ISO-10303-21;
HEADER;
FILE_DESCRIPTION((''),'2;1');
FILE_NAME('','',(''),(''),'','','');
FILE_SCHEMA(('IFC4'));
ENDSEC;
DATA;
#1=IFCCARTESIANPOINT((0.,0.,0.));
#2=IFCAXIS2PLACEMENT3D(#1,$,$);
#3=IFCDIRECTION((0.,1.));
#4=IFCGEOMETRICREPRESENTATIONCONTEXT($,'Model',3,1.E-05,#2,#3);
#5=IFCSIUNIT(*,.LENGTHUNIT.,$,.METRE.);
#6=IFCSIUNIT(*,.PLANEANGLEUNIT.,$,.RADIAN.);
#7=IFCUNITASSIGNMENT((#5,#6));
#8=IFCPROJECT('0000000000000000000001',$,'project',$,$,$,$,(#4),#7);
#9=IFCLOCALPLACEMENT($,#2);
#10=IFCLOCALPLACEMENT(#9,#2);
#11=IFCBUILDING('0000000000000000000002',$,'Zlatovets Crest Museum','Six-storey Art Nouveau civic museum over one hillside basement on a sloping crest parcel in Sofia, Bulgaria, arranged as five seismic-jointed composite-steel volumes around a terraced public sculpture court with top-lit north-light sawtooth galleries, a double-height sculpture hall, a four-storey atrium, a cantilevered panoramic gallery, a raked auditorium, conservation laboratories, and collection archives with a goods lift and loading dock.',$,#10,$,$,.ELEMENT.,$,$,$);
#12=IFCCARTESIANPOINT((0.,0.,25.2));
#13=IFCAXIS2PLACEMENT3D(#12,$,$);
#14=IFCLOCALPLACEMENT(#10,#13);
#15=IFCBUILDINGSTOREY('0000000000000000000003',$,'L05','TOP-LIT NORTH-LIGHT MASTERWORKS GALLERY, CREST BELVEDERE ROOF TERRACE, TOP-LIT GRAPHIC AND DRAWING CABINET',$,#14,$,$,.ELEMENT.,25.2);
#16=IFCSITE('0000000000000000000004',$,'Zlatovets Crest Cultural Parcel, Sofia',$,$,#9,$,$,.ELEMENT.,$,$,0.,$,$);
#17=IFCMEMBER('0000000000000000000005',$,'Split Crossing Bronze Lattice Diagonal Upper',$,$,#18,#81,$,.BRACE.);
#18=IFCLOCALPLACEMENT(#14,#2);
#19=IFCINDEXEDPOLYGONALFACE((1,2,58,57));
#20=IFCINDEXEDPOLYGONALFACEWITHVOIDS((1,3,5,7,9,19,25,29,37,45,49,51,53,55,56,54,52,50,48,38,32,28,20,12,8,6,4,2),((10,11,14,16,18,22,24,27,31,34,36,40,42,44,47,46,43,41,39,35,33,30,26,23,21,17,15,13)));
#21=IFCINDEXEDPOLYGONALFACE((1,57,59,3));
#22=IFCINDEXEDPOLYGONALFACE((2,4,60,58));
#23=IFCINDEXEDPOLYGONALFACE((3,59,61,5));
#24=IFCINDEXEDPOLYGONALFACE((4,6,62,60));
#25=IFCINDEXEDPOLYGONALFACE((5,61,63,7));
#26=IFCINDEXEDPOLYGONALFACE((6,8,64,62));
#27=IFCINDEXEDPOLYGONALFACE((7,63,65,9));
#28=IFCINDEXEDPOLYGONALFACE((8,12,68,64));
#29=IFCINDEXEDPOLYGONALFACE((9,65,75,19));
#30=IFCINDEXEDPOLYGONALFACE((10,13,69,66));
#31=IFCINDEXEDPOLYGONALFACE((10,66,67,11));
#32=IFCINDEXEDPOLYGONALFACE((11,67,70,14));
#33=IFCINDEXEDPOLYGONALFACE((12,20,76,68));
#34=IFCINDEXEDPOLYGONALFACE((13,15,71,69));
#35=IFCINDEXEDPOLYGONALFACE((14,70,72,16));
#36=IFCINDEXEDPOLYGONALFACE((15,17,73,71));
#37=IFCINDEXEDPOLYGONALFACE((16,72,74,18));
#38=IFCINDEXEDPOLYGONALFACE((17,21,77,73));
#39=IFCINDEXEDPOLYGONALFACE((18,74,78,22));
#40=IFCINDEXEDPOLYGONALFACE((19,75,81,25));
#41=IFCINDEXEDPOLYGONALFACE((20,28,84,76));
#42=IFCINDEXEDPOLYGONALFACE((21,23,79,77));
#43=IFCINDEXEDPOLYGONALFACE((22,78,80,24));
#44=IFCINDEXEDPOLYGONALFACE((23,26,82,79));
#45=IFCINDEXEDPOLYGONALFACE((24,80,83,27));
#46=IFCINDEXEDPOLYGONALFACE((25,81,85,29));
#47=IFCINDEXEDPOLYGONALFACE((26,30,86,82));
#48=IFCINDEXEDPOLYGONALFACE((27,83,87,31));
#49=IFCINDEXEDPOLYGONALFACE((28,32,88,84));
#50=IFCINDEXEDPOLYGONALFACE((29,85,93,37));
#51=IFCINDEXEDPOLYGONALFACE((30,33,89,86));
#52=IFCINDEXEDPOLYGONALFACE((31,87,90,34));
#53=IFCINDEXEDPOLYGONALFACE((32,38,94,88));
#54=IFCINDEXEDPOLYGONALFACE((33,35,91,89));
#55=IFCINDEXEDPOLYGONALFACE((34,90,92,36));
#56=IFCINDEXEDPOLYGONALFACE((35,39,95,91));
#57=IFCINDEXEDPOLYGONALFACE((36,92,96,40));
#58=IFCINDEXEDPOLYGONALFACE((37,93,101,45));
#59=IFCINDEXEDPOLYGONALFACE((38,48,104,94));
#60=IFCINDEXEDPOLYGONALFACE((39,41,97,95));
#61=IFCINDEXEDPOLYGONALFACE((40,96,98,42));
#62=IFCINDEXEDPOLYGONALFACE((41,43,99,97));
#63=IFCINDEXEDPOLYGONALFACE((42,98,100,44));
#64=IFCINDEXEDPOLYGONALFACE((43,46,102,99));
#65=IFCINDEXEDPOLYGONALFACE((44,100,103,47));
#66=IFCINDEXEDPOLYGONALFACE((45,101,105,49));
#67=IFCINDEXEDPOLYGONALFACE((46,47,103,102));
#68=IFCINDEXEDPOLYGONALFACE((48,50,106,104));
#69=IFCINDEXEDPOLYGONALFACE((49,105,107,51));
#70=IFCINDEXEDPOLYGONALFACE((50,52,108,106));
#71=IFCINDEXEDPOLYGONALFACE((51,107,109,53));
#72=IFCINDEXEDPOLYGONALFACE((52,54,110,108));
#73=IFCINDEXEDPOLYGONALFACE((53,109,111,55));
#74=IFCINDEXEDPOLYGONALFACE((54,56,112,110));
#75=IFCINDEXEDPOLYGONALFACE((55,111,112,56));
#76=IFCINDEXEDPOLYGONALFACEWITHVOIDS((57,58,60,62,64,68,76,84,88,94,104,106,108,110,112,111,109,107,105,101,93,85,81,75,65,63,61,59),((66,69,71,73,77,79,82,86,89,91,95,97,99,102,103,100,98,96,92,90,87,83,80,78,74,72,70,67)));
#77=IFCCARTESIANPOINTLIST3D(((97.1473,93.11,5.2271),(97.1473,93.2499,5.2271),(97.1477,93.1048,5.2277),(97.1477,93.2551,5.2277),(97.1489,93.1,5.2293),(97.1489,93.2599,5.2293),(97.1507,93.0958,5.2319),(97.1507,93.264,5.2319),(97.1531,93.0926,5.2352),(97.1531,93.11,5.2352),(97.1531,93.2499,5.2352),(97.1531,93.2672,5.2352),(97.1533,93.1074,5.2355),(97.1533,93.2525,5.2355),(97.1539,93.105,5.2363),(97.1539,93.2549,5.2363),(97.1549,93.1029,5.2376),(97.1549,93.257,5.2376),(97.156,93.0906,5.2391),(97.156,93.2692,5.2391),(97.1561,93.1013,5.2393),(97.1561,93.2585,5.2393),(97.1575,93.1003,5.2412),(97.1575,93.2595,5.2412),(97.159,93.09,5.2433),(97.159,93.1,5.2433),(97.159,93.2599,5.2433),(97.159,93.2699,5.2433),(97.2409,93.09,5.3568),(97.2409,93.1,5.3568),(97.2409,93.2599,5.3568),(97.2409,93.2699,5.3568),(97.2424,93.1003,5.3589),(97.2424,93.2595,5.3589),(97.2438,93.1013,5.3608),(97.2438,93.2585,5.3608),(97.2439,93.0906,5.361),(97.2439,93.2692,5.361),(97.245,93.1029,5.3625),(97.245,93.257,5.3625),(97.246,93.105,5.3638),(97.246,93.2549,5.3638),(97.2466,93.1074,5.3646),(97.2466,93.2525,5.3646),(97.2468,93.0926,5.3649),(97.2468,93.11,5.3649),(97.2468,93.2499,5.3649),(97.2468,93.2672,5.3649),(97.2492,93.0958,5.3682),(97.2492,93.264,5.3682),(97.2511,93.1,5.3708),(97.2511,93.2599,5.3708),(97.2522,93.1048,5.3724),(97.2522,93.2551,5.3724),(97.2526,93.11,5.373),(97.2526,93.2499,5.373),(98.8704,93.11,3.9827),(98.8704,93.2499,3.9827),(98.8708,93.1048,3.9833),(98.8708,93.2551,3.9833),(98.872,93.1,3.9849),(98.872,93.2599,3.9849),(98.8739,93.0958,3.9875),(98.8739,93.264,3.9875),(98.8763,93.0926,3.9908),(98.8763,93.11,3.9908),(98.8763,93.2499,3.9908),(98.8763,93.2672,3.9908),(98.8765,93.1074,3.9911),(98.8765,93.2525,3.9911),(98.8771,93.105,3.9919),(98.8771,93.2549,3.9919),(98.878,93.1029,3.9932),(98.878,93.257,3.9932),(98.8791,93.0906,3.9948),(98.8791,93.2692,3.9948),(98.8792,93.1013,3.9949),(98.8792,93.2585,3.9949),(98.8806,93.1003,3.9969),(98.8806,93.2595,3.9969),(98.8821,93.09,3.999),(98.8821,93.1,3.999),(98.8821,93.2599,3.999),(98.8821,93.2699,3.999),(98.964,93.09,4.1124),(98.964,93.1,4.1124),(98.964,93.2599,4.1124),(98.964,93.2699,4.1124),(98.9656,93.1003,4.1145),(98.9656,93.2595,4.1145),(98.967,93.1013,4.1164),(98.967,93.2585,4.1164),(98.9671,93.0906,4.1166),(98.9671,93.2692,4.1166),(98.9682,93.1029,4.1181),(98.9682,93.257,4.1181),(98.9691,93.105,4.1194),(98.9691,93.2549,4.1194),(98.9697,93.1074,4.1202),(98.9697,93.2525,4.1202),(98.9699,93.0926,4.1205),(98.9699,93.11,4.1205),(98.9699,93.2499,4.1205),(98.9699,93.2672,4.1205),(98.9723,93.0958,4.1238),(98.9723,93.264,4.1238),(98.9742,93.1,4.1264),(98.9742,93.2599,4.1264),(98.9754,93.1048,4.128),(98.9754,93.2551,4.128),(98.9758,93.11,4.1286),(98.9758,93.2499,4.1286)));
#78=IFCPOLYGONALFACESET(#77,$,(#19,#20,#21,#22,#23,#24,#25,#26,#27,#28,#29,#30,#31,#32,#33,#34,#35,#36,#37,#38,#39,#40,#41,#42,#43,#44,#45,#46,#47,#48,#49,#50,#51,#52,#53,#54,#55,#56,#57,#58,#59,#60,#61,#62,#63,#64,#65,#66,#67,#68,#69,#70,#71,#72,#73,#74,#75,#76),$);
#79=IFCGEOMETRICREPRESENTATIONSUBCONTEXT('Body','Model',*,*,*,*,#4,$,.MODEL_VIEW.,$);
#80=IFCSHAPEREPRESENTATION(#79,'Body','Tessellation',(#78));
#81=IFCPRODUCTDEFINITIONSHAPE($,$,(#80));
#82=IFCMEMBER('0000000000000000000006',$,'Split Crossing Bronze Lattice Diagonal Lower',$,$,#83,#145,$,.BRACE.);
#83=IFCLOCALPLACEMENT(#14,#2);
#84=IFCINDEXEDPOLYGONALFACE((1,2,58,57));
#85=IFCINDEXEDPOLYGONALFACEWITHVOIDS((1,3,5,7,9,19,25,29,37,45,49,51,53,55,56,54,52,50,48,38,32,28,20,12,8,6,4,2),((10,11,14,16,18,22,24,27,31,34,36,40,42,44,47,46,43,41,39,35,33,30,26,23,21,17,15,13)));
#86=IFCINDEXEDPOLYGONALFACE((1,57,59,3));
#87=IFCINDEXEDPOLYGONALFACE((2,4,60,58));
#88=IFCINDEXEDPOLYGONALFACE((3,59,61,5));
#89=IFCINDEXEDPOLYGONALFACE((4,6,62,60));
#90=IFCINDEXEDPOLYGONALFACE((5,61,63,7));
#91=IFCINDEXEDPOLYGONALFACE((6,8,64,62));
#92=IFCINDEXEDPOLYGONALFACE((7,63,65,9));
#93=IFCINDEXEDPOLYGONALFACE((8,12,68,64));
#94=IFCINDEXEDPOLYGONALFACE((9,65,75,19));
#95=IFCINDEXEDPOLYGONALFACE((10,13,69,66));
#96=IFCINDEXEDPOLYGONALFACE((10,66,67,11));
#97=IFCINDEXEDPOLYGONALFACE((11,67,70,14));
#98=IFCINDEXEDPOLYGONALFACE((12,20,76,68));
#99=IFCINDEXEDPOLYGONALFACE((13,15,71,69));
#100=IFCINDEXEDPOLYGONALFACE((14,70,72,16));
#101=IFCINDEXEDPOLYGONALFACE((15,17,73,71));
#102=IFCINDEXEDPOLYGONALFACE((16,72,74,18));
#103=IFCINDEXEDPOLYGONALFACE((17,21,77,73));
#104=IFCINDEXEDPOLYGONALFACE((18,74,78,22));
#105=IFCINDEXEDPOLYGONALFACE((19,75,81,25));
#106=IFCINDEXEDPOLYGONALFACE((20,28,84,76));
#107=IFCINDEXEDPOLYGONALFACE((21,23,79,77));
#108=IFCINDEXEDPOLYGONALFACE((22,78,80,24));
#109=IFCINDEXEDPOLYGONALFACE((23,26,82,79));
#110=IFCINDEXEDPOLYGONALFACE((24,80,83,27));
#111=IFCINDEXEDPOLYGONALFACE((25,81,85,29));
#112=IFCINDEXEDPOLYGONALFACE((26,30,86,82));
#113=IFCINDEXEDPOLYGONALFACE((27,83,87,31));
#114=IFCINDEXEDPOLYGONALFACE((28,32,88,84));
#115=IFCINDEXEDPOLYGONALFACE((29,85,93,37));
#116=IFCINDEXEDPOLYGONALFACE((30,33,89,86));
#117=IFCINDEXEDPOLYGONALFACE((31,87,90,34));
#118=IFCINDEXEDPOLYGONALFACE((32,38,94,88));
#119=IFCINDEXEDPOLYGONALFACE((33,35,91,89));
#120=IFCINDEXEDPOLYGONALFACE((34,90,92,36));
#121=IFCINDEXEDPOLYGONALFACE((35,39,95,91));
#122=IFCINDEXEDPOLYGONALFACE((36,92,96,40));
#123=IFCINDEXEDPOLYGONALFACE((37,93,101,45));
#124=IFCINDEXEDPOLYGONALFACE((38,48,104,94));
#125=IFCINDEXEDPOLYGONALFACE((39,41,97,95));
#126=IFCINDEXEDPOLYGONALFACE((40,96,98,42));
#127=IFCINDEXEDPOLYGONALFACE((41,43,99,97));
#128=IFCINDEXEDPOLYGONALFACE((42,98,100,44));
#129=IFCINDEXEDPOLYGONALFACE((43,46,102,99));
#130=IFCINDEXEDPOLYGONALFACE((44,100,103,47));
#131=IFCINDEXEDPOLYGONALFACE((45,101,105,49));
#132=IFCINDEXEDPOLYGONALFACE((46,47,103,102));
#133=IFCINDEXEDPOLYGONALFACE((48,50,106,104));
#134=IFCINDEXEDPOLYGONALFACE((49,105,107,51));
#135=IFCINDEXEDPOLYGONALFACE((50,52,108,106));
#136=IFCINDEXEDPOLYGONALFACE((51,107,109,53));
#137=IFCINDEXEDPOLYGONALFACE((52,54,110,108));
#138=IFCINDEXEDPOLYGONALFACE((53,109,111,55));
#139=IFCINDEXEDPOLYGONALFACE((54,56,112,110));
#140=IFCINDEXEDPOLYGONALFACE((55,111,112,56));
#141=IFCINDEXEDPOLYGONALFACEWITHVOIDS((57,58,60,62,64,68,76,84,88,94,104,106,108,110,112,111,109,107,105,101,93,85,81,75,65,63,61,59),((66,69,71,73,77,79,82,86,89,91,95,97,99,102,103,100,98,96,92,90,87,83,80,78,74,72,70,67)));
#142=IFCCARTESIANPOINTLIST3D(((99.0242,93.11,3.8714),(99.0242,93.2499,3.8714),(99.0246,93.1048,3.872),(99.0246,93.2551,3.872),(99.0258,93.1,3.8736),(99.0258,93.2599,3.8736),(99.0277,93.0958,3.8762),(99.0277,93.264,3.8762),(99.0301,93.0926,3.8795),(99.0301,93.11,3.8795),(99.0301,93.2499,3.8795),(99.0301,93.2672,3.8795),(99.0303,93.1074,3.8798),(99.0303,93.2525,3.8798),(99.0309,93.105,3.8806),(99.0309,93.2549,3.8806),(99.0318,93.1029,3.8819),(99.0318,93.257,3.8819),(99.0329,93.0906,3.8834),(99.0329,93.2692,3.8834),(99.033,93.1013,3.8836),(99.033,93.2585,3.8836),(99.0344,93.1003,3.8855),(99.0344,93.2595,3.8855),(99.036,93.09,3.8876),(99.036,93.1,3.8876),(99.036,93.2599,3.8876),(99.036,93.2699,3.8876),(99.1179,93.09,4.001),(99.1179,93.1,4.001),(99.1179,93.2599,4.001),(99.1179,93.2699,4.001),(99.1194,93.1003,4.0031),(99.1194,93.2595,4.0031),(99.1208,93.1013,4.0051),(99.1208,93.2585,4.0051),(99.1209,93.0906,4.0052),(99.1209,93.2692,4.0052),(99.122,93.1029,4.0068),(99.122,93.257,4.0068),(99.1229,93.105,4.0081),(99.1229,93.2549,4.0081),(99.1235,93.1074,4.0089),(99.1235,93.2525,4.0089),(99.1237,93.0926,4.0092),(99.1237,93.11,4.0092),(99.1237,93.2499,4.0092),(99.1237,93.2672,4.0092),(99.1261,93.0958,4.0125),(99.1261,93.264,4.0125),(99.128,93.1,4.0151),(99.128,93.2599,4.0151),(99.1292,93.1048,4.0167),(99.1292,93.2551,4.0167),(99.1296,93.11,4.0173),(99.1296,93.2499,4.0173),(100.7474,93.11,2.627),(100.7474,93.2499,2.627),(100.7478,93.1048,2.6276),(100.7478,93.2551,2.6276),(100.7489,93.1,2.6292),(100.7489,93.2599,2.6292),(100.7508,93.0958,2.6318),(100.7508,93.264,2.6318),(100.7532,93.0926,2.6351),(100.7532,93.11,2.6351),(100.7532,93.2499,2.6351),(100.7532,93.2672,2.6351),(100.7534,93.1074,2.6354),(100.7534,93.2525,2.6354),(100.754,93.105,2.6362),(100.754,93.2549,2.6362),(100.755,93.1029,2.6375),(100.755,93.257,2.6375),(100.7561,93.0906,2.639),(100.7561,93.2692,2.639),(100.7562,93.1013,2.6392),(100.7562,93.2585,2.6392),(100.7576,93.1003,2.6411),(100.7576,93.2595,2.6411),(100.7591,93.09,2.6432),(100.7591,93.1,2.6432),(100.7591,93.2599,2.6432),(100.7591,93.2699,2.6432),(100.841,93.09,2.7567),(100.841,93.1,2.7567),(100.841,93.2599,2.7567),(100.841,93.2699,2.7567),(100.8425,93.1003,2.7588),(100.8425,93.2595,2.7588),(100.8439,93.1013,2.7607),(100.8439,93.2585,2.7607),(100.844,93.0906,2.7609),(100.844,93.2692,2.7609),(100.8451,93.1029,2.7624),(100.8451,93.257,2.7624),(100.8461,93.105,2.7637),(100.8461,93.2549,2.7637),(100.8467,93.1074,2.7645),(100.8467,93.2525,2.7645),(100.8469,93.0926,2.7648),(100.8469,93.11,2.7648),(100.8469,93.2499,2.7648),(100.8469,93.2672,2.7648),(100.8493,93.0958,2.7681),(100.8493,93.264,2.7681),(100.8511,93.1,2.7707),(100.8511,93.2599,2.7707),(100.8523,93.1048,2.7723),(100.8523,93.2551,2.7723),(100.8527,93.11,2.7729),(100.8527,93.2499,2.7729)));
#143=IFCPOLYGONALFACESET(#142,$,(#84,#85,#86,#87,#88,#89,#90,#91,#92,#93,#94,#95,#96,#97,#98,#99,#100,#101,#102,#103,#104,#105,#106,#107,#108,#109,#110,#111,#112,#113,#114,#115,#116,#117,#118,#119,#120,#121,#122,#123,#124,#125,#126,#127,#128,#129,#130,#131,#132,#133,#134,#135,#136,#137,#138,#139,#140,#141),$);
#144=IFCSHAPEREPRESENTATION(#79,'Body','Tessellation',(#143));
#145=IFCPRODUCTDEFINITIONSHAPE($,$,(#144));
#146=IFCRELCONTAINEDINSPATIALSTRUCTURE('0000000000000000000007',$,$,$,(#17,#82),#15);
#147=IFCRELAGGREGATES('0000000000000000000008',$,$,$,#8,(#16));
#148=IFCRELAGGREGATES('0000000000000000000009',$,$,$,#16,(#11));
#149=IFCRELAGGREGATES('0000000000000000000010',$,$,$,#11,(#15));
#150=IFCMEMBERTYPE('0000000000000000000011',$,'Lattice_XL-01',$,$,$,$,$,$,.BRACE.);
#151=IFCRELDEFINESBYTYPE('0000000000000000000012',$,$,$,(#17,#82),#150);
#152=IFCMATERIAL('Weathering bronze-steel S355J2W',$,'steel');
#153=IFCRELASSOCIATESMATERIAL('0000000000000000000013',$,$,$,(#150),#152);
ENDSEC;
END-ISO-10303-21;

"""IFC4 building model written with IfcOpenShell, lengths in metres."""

from ifc_helpers import new_model, si_unit, direction, frame, origin, origin_2d, place, context, subcontext, project, spatial, hollow_rectangle, extrude, material, material_profile, profile_set, type_object, element, save


model = new_model("IFC4")

# Units and contexts
model_context = context("Model", 3, precision=1e-05, world=origin(), true_north=direction((0.0, 1.0)))
body_context = subcontext(model_context, "Body", "Model", "MODEL_VIEW")
ifc_project = project(units=[si_unit("LENGTHUNIT", "METRE"), si_unit("PLANEANGLEUNIT", "RADIAN")], contexts=[model_context])

# Site, building, storey
site_placement = place(None, origin())
site = spatial("IfcSite", under=ifc_project, at=site_placement, Name="Zlatovets Crest Cultural Parcel, Sofia", CompositionType="ELEMENT", RefElevation=0.0)
building_placement = place(site_placement, origin())
building = spatial("IfcBuilding", under=site, at=building_placement, Name="Zlatovets Crest Museum", Description="Six-storey Art Nouveau civic museum over one hillside basement on a sloping crest parcel in Sofia, Bulgaria, arranged as five seismic-jointed composite-steel volumes around a terraced public sculpture court with top-lit north-light sawtooth galleries, a double-height sculpture hall, a four-storey atrium, a cantilevered panoramic gallery, a raked auditorium, conservation laboratories, and collection archives with a goods lift and loading dock.", CompositionType="ELEMENT")
storey_placement = place(building_placement, frame((0.0, 0.0, 25.2)))
storey = spatial("IfcBuildingStorey", under=building, at=storey_placement, Name="L05", Description="TOP-LIT NORTH-LIGHT MASTERWORKS GALLERY, CREST BELVEDERE ROOF TERRACE, TOP-LIT GRAPHIC AND DRAWING CABINET", CompositionType="ELEMENT", Elevation=25.2)

# Members
ifc_material_1 = material(Name="Weathering bronze-steel S355J2W", Category="steel")
ifc_material_profile_1 = material_profile(ifc_material_1, hollow_rectangle(XDim=0.1799, YDim=0.1799, WallThickness=0.01, InnerFilletRadius=0.01, OuterFilletRadius=0.02, at=origin_2d()), Name="SHS 180x180x10.0")
ifc_profile_set_1 = profile_set([ifc_material_profile_1], Name="Weathering bronze-steel S355J2W")
member_type_1 = type_object("IfcMemberType", Name="Lattice_XL-01", PredefinedType="BRACE", material=ifc_profile_set_1)
for number, where, z_axis, x_axis, name in (
    (1, (97.2, 93.1799, 5.3), (0.810703, 0.0, -0.585457), (0.0, 1.0, 0.0), "Split Crossing Bronze Lattice Diagonal Upper"),
    (2, (99.0769, 93.1799, 3.9443), (0.810703, 0.0, -0.585457), (0.0, 1.0, 0.0), "Split Crossing Bronze Lattice Diagonal Lower"),
):
    element("IfcMember", number, at=place(storey_placement, frame(where, z_axis=z_axis, x_axis=x_axis)), inside=storey, type_object=member_type_1, Name=name, PredefinedType="BRACE", context=body_context, shape_type="SweptSolid", body=[
        extrude(hollow_rectangle(XDim=0.1799, YDim=0.1799, WallThickness=0.01, InnerFilletRadius=0.01, OuterFilletRadius=0.02, at=origin_2d()), origin(), (0.0, 0.0, 1.0), 2.1255),
    ])

save(model, "model.ifc")
